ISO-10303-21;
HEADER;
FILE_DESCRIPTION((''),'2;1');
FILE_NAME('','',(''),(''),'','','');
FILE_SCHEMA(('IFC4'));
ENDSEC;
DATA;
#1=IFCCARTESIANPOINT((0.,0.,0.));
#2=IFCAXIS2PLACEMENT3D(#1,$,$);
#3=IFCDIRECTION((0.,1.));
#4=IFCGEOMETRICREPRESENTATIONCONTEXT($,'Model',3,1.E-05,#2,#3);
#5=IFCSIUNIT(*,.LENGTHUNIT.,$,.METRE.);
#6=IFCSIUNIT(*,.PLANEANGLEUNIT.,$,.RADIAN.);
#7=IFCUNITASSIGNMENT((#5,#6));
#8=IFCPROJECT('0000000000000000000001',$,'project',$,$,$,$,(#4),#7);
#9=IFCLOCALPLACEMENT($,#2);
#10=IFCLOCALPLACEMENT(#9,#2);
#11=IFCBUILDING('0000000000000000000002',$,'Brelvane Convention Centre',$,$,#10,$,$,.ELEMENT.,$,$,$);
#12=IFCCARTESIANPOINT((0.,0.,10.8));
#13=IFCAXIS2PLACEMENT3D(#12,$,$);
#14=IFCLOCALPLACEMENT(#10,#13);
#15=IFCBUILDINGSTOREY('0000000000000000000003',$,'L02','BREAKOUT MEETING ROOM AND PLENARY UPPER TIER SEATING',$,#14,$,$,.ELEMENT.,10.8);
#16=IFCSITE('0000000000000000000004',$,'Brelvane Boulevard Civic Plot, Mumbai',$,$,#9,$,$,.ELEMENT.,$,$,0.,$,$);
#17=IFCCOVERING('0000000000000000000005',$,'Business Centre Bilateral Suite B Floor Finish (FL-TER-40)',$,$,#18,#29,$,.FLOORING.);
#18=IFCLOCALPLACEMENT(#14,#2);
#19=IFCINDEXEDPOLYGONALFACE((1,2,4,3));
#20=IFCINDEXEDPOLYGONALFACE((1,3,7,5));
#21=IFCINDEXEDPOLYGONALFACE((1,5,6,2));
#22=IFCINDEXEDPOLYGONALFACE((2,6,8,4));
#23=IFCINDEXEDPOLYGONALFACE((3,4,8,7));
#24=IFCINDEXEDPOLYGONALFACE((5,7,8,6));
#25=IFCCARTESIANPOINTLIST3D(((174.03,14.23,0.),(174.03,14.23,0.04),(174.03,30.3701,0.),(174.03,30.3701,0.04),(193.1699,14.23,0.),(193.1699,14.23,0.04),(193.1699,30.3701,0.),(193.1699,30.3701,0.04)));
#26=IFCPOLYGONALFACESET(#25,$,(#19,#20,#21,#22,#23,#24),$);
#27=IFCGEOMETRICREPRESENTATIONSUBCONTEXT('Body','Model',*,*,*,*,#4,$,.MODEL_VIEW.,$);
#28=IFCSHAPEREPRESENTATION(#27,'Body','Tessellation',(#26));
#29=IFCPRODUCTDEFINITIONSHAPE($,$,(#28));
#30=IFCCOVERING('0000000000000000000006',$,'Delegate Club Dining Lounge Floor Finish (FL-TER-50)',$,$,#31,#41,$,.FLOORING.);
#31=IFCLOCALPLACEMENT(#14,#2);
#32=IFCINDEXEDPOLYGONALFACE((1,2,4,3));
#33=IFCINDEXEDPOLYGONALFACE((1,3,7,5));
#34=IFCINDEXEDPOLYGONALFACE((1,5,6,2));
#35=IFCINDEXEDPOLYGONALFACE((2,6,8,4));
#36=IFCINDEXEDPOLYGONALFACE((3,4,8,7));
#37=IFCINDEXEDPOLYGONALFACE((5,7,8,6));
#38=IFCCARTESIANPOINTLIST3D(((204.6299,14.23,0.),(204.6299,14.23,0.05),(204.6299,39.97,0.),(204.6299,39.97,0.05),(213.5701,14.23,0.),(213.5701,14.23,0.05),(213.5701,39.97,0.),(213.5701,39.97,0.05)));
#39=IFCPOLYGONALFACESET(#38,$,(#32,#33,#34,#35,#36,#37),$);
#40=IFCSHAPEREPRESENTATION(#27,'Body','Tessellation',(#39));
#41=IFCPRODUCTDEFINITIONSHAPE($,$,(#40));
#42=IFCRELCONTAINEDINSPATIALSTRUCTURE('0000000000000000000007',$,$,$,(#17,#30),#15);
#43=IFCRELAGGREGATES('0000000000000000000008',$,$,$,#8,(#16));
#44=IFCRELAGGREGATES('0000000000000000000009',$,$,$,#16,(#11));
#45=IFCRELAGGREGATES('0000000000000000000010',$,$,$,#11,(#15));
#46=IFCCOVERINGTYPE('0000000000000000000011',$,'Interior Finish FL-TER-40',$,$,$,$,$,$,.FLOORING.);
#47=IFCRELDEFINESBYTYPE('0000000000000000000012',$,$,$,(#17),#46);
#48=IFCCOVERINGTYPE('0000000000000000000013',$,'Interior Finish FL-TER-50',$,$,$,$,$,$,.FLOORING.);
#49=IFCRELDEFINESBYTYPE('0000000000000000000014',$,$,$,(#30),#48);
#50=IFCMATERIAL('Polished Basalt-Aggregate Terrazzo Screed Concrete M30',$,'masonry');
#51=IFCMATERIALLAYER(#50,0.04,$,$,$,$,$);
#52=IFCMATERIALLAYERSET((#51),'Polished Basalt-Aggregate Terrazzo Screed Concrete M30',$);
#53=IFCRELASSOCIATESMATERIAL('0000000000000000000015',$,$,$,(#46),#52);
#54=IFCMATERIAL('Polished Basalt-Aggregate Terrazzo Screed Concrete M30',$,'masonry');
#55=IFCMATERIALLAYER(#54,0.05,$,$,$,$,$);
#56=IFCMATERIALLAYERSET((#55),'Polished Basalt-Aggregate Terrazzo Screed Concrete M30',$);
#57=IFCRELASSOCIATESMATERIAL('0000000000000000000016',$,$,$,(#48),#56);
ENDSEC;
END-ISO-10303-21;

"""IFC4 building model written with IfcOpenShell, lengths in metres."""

from ifc_helpers import new_model, si_unit, direction, frame, origin, place, context, subcontext, project, spatial, polyline, outline, extrude, material, layer, layer_set, type_object, element, save


model = new_model("IFC4")

# Units and contexts
model_context = context("Model", 3, precision=1e-05, world=origin(), true_north=direction((0.0, 1.0)))
body_context = subcontext(model_context, "Body", "Model", "MODEL_VIEW")
ifc_project = project(units=[si_unit("LENGTHUNIT", "METRE"), si_unit("PLANEANGLEUNIT", "RADIAN")], contexts=[model_context])

# Site, building, storey
site_placement = place(None, origin())
site = spatial("IfcSite", under=ifc_project, at=site_placement, Name="Brelvane Boulevard Civic Plot, Mumbai", CompositionType="ELEMENT", RefElevation=0.0)
building_placement = place(site_placement, origin())
building = spatial("IfcBuilding", under=site, at=building_placement, Name="Brelvane Convention Centre", CompositionType="ELEMENT")
storey_placement = place(building_placement, frame((0.0, 0.0, 10.8)))
storey = spatial("IfcBuildingStorey", under=building, at=storey_placement, Name="L02", Description="BREAKOUT MEETING ROOM AND PLENARY UPPER TIER SEATING", CompositionType="ELEMENT", Elevation=10.8)

# Coverings
ifc_material_1 = material(Name="Polished Basalt-Aggregate Terrazzo Screed Concrete M30", Category="masonry")
ifc_layer_1 = layer(ifc_material_1, 0.04)
ifc_layer_set_1 = layer_set([ifc_layer_1], Name="Polished Basalt-Aggregate Terrazzo Screed Concrete M30")
covering_type_1 = type_object("IfcCoveringType", Name="Interior Finish FL-TER-40", PredefinedType="FLOORING", material=ifc_layer_set_1)
covering_1_placement = place(storey_placement, origin())
element("IfcCovering", 1, at=covering_1_placement, inside=storey, type_object=covering_type_1, Name="Business Centre Bilateral Suite B Floor Finish (FL-TER-40)", PredefinedType="FLOORING", context=body_context, shape_type="SweptSolid", body=[
    extrude(outline(polyline([(174.03, 14.23), (193.1699, 14.23), (193.1699, 30.3701), (174.03, 30.3701), (174.03, 14.23)])), origin(), (0.0, 0.0, 1.0), 0.04),
])
ifc_material_2 = material(Name="Polished Basalt-Aggregate Terrazzo Screed Concrete M30", Category="masonry")
ifc_layer_2 = layer(ifc_material_2, 0.05)
ifc_layer_set_2 = layer_set([ifc_layer_2], Name="Polished Basalt-Aggregate Terrazzo Screed Concrete M30")
covering_type_2 = type_object("IfcCoveringType", Name="Interior Finish FL-TER-50", PredefinedType="FLOORING", material=ifc_layer_set_2)
covering_2_placement = place(storey_placement, origin())
element("IfcCovering", 2, at=covering_2_placement, inside=storey, type_object=covering_type_2, Name="Delegate Club Dining Lounge Floor Finish (FL-TER-50)", PredefinedType="FLOORING", context=body_context, shape_type="SweptSolid", body=[
    extrude(outline(polyline([(204.6299, 14.23), (213.5701, 14.23), (213.5701, 39.97), (204.6299, 39.97), (204.6299, 14.23)])), origin(), (0.0, 0.0, 1.0), 0.05),
])

save(model, "model.ifc")
